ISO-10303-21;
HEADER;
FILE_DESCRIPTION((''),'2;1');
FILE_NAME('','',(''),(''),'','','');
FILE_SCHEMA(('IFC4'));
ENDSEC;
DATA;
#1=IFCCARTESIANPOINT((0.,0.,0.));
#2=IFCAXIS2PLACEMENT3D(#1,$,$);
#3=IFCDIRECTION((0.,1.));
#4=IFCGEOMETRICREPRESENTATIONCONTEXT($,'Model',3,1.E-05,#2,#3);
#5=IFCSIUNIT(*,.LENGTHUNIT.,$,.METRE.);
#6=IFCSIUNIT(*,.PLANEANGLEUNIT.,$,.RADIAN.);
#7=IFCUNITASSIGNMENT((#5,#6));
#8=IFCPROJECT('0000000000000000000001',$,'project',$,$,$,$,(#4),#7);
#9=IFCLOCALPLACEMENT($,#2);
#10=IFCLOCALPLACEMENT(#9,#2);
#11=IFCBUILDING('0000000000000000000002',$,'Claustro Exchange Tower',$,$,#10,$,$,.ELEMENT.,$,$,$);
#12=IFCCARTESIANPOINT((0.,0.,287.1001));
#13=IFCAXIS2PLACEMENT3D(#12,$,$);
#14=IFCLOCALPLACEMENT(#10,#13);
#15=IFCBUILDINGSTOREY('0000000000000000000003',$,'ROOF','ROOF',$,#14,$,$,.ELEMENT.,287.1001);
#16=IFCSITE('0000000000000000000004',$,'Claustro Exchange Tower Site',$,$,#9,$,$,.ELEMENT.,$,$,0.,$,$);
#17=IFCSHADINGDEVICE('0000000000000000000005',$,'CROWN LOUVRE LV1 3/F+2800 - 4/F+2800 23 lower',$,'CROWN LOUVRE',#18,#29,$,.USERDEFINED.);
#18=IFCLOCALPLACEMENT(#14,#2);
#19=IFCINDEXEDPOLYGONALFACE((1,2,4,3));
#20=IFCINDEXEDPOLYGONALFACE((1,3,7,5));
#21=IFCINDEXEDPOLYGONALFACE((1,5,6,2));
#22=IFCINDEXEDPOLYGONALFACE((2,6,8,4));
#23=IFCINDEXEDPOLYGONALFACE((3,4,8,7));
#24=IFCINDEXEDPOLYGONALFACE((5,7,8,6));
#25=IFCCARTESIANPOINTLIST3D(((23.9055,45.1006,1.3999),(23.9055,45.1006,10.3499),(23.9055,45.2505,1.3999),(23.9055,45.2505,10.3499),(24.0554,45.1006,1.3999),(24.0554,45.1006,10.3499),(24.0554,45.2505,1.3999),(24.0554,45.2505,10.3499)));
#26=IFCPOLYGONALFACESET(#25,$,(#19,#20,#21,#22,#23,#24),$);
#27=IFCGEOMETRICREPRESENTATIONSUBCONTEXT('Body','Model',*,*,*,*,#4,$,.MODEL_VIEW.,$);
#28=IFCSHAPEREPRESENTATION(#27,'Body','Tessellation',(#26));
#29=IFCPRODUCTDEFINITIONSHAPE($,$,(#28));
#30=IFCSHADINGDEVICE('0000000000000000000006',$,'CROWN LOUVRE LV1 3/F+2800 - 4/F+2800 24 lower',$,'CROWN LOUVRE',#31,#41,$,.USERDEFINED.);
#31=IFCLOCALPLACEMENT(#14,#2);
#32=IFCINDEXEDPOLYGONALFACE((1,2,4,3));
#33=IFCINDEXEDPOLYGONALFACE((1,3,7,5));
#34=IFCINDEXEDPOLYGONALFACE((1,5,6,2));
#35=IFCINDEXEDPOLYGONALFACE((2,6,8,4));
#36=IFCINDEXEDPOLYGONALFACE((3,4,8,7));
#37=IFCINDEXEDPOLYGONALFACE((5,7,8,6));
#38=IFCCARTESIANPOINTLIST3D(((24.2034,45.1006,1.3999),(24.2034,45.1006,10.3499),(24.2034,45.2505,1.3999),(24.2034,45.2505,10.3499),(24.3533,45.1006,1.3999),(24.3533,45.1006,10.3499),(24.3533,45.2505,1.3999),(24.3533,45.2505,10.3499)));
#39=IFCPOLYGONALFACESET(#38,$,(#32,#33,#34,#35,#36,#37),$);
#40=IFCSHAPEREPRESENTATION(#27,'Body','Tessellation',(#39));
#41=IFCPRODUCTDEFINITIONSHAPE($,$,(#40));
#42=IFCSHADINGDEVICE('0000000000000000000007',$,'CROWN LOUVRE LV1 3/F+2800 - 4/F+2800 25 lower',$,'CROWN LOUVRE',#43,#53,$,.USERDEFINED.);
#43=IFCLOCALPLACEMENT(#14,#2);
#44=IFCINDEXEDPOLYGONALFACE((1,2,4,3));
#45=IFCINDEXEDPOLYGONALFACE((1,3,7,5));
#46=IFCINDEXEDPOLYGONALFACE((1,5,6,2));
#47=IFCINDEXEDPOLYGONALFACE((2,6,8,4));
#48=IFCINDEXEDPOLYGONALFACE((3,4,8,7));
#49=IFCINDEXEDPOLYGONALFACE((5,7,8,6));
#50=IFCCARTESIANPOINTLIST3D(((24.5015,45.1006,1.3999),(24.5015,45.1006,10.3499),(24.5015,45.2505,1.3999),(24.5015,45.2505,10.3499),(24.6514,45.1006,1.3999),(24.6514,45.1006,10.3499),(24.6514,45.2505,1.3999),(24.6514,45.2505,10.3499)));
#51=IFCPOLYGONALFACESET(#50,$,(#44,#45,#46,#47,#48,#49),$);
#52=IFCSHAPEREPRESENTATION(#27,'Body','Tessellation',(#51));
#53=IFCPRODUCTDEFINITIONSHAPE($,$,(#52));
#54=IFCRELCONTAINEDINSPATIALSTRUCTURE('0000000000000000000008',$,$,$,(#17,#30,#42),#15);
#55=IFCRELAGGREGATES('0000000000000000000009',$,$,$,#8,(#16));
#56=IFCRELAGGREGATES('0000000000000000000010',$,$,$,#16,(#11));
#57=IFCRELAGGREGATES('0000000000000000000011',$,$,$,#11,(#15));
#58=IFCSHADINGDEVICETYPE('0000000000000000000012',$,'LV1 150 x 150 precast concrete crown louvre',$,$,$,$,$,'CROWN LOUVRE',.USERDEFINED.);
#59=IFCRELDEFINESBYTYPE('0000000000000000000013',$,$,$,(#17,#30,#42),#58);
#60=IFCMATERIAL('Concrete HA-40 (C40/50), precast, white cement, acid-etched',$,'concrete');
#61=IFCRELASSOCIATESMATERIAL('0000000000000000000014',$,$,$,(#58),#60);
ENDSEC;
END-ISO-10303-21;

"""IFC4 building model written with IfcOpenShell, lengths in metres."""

from ifc_helpers import new_model, si_unit, direction, frame, origin, origin_2d, place, context, subcontext, project, spatial, rectangle, extrude, material, type_object, element, save


model = new_model("IFC4")

# Units and contexts
model_context = context("Model", 3, precision=1e-05, world=origin(), true_north=direction((0.0, 1.0)))
body_context = subcontext(model_context, "Body", "Model", "MODEL_VIEW")
ifc_project = project(units=[si_unit("LENGTHUNIT", "METRE"), si_unit("PLANEANGLEUNIT", "RADIAN")], contexts=[model_context])

# Site, building, storey
site_placement = place(None, origin())
site = spatial("IfcSite", under=ifc_project, at=site_placement, Name="Claustro Exchange Tower Site", CompositionType="ELEMENT", RefElevation=0.0)
building_placement = place(site_placement, origin())
building = spatial("IfcBuilding", under=site, at=building_placement, Name="Claustro Exchange Tower", CompositionType="ELEMENT")
storey_placement = place(building_placement, frame((0.0, 0.0, 287.1001)))
storey = spatial("IfcBuildingStorey", under=building, at=storey_placement, Name="ROOF", Description="ROOF", CompositionType="ELEMENT", Elevation=287.1001)

# Shading devices
ifc_material_1 = material(Name="Concrete HA-40 (C40/50), precast, white cement, acid-etched", Category="concrete")
shading_device_type = type_object("IfcShadingDeviceType", Name="LV1 150 x 150 precast concrete crown louvre", ElementType="CROWN LOUVRE", PredefinedType="USERDEFINED", material=ifc_material_1)
for number, where, z_axis, x_axis, name in (
    (1, (23.9805, 45.1755, 1.3999), (0.0, 0.0, 1.0), (1.0, 0.0, 0.0), "CROWN LOUVRE LV1 3/F+2800 - 4/F+2800 23 lower"),
    (2, (24.2783, 45.1755, 1.3999), (0.0, 0.0, 1.0), (1.0, 0.0, 0.0), "CROWN LOUVRE LV1 3/F+2800 - 4/F+2800 24 lower"),
    (3, (24.5764, 45.1755, 1.3999), (0.0, 0.0, 1.0), (1.0, 0.0, 0.0), "CROWN LOUVRE LV1 3/F+2800 - 4/F+2800 25 lower"),
):
    element("IfcShadingDevice", number, at=place(storey_placement, frame(where, z_axis=z_axis, x_axis=x_axis)), inside=storey, type_object=shading_device_type, Name=name, ObjectType="CROWN LOUVRE", PredefinedType="USERDEFINED", context=body_context, shape_type="SweptSolid", body=[
        extrude(rectangle(XDim=0.1499, YDim=0.1499, at=origin_2d()), origin(), (0.0, 0.0, 1.0), 8.95),
    ])

save(model, "model.ifc")
